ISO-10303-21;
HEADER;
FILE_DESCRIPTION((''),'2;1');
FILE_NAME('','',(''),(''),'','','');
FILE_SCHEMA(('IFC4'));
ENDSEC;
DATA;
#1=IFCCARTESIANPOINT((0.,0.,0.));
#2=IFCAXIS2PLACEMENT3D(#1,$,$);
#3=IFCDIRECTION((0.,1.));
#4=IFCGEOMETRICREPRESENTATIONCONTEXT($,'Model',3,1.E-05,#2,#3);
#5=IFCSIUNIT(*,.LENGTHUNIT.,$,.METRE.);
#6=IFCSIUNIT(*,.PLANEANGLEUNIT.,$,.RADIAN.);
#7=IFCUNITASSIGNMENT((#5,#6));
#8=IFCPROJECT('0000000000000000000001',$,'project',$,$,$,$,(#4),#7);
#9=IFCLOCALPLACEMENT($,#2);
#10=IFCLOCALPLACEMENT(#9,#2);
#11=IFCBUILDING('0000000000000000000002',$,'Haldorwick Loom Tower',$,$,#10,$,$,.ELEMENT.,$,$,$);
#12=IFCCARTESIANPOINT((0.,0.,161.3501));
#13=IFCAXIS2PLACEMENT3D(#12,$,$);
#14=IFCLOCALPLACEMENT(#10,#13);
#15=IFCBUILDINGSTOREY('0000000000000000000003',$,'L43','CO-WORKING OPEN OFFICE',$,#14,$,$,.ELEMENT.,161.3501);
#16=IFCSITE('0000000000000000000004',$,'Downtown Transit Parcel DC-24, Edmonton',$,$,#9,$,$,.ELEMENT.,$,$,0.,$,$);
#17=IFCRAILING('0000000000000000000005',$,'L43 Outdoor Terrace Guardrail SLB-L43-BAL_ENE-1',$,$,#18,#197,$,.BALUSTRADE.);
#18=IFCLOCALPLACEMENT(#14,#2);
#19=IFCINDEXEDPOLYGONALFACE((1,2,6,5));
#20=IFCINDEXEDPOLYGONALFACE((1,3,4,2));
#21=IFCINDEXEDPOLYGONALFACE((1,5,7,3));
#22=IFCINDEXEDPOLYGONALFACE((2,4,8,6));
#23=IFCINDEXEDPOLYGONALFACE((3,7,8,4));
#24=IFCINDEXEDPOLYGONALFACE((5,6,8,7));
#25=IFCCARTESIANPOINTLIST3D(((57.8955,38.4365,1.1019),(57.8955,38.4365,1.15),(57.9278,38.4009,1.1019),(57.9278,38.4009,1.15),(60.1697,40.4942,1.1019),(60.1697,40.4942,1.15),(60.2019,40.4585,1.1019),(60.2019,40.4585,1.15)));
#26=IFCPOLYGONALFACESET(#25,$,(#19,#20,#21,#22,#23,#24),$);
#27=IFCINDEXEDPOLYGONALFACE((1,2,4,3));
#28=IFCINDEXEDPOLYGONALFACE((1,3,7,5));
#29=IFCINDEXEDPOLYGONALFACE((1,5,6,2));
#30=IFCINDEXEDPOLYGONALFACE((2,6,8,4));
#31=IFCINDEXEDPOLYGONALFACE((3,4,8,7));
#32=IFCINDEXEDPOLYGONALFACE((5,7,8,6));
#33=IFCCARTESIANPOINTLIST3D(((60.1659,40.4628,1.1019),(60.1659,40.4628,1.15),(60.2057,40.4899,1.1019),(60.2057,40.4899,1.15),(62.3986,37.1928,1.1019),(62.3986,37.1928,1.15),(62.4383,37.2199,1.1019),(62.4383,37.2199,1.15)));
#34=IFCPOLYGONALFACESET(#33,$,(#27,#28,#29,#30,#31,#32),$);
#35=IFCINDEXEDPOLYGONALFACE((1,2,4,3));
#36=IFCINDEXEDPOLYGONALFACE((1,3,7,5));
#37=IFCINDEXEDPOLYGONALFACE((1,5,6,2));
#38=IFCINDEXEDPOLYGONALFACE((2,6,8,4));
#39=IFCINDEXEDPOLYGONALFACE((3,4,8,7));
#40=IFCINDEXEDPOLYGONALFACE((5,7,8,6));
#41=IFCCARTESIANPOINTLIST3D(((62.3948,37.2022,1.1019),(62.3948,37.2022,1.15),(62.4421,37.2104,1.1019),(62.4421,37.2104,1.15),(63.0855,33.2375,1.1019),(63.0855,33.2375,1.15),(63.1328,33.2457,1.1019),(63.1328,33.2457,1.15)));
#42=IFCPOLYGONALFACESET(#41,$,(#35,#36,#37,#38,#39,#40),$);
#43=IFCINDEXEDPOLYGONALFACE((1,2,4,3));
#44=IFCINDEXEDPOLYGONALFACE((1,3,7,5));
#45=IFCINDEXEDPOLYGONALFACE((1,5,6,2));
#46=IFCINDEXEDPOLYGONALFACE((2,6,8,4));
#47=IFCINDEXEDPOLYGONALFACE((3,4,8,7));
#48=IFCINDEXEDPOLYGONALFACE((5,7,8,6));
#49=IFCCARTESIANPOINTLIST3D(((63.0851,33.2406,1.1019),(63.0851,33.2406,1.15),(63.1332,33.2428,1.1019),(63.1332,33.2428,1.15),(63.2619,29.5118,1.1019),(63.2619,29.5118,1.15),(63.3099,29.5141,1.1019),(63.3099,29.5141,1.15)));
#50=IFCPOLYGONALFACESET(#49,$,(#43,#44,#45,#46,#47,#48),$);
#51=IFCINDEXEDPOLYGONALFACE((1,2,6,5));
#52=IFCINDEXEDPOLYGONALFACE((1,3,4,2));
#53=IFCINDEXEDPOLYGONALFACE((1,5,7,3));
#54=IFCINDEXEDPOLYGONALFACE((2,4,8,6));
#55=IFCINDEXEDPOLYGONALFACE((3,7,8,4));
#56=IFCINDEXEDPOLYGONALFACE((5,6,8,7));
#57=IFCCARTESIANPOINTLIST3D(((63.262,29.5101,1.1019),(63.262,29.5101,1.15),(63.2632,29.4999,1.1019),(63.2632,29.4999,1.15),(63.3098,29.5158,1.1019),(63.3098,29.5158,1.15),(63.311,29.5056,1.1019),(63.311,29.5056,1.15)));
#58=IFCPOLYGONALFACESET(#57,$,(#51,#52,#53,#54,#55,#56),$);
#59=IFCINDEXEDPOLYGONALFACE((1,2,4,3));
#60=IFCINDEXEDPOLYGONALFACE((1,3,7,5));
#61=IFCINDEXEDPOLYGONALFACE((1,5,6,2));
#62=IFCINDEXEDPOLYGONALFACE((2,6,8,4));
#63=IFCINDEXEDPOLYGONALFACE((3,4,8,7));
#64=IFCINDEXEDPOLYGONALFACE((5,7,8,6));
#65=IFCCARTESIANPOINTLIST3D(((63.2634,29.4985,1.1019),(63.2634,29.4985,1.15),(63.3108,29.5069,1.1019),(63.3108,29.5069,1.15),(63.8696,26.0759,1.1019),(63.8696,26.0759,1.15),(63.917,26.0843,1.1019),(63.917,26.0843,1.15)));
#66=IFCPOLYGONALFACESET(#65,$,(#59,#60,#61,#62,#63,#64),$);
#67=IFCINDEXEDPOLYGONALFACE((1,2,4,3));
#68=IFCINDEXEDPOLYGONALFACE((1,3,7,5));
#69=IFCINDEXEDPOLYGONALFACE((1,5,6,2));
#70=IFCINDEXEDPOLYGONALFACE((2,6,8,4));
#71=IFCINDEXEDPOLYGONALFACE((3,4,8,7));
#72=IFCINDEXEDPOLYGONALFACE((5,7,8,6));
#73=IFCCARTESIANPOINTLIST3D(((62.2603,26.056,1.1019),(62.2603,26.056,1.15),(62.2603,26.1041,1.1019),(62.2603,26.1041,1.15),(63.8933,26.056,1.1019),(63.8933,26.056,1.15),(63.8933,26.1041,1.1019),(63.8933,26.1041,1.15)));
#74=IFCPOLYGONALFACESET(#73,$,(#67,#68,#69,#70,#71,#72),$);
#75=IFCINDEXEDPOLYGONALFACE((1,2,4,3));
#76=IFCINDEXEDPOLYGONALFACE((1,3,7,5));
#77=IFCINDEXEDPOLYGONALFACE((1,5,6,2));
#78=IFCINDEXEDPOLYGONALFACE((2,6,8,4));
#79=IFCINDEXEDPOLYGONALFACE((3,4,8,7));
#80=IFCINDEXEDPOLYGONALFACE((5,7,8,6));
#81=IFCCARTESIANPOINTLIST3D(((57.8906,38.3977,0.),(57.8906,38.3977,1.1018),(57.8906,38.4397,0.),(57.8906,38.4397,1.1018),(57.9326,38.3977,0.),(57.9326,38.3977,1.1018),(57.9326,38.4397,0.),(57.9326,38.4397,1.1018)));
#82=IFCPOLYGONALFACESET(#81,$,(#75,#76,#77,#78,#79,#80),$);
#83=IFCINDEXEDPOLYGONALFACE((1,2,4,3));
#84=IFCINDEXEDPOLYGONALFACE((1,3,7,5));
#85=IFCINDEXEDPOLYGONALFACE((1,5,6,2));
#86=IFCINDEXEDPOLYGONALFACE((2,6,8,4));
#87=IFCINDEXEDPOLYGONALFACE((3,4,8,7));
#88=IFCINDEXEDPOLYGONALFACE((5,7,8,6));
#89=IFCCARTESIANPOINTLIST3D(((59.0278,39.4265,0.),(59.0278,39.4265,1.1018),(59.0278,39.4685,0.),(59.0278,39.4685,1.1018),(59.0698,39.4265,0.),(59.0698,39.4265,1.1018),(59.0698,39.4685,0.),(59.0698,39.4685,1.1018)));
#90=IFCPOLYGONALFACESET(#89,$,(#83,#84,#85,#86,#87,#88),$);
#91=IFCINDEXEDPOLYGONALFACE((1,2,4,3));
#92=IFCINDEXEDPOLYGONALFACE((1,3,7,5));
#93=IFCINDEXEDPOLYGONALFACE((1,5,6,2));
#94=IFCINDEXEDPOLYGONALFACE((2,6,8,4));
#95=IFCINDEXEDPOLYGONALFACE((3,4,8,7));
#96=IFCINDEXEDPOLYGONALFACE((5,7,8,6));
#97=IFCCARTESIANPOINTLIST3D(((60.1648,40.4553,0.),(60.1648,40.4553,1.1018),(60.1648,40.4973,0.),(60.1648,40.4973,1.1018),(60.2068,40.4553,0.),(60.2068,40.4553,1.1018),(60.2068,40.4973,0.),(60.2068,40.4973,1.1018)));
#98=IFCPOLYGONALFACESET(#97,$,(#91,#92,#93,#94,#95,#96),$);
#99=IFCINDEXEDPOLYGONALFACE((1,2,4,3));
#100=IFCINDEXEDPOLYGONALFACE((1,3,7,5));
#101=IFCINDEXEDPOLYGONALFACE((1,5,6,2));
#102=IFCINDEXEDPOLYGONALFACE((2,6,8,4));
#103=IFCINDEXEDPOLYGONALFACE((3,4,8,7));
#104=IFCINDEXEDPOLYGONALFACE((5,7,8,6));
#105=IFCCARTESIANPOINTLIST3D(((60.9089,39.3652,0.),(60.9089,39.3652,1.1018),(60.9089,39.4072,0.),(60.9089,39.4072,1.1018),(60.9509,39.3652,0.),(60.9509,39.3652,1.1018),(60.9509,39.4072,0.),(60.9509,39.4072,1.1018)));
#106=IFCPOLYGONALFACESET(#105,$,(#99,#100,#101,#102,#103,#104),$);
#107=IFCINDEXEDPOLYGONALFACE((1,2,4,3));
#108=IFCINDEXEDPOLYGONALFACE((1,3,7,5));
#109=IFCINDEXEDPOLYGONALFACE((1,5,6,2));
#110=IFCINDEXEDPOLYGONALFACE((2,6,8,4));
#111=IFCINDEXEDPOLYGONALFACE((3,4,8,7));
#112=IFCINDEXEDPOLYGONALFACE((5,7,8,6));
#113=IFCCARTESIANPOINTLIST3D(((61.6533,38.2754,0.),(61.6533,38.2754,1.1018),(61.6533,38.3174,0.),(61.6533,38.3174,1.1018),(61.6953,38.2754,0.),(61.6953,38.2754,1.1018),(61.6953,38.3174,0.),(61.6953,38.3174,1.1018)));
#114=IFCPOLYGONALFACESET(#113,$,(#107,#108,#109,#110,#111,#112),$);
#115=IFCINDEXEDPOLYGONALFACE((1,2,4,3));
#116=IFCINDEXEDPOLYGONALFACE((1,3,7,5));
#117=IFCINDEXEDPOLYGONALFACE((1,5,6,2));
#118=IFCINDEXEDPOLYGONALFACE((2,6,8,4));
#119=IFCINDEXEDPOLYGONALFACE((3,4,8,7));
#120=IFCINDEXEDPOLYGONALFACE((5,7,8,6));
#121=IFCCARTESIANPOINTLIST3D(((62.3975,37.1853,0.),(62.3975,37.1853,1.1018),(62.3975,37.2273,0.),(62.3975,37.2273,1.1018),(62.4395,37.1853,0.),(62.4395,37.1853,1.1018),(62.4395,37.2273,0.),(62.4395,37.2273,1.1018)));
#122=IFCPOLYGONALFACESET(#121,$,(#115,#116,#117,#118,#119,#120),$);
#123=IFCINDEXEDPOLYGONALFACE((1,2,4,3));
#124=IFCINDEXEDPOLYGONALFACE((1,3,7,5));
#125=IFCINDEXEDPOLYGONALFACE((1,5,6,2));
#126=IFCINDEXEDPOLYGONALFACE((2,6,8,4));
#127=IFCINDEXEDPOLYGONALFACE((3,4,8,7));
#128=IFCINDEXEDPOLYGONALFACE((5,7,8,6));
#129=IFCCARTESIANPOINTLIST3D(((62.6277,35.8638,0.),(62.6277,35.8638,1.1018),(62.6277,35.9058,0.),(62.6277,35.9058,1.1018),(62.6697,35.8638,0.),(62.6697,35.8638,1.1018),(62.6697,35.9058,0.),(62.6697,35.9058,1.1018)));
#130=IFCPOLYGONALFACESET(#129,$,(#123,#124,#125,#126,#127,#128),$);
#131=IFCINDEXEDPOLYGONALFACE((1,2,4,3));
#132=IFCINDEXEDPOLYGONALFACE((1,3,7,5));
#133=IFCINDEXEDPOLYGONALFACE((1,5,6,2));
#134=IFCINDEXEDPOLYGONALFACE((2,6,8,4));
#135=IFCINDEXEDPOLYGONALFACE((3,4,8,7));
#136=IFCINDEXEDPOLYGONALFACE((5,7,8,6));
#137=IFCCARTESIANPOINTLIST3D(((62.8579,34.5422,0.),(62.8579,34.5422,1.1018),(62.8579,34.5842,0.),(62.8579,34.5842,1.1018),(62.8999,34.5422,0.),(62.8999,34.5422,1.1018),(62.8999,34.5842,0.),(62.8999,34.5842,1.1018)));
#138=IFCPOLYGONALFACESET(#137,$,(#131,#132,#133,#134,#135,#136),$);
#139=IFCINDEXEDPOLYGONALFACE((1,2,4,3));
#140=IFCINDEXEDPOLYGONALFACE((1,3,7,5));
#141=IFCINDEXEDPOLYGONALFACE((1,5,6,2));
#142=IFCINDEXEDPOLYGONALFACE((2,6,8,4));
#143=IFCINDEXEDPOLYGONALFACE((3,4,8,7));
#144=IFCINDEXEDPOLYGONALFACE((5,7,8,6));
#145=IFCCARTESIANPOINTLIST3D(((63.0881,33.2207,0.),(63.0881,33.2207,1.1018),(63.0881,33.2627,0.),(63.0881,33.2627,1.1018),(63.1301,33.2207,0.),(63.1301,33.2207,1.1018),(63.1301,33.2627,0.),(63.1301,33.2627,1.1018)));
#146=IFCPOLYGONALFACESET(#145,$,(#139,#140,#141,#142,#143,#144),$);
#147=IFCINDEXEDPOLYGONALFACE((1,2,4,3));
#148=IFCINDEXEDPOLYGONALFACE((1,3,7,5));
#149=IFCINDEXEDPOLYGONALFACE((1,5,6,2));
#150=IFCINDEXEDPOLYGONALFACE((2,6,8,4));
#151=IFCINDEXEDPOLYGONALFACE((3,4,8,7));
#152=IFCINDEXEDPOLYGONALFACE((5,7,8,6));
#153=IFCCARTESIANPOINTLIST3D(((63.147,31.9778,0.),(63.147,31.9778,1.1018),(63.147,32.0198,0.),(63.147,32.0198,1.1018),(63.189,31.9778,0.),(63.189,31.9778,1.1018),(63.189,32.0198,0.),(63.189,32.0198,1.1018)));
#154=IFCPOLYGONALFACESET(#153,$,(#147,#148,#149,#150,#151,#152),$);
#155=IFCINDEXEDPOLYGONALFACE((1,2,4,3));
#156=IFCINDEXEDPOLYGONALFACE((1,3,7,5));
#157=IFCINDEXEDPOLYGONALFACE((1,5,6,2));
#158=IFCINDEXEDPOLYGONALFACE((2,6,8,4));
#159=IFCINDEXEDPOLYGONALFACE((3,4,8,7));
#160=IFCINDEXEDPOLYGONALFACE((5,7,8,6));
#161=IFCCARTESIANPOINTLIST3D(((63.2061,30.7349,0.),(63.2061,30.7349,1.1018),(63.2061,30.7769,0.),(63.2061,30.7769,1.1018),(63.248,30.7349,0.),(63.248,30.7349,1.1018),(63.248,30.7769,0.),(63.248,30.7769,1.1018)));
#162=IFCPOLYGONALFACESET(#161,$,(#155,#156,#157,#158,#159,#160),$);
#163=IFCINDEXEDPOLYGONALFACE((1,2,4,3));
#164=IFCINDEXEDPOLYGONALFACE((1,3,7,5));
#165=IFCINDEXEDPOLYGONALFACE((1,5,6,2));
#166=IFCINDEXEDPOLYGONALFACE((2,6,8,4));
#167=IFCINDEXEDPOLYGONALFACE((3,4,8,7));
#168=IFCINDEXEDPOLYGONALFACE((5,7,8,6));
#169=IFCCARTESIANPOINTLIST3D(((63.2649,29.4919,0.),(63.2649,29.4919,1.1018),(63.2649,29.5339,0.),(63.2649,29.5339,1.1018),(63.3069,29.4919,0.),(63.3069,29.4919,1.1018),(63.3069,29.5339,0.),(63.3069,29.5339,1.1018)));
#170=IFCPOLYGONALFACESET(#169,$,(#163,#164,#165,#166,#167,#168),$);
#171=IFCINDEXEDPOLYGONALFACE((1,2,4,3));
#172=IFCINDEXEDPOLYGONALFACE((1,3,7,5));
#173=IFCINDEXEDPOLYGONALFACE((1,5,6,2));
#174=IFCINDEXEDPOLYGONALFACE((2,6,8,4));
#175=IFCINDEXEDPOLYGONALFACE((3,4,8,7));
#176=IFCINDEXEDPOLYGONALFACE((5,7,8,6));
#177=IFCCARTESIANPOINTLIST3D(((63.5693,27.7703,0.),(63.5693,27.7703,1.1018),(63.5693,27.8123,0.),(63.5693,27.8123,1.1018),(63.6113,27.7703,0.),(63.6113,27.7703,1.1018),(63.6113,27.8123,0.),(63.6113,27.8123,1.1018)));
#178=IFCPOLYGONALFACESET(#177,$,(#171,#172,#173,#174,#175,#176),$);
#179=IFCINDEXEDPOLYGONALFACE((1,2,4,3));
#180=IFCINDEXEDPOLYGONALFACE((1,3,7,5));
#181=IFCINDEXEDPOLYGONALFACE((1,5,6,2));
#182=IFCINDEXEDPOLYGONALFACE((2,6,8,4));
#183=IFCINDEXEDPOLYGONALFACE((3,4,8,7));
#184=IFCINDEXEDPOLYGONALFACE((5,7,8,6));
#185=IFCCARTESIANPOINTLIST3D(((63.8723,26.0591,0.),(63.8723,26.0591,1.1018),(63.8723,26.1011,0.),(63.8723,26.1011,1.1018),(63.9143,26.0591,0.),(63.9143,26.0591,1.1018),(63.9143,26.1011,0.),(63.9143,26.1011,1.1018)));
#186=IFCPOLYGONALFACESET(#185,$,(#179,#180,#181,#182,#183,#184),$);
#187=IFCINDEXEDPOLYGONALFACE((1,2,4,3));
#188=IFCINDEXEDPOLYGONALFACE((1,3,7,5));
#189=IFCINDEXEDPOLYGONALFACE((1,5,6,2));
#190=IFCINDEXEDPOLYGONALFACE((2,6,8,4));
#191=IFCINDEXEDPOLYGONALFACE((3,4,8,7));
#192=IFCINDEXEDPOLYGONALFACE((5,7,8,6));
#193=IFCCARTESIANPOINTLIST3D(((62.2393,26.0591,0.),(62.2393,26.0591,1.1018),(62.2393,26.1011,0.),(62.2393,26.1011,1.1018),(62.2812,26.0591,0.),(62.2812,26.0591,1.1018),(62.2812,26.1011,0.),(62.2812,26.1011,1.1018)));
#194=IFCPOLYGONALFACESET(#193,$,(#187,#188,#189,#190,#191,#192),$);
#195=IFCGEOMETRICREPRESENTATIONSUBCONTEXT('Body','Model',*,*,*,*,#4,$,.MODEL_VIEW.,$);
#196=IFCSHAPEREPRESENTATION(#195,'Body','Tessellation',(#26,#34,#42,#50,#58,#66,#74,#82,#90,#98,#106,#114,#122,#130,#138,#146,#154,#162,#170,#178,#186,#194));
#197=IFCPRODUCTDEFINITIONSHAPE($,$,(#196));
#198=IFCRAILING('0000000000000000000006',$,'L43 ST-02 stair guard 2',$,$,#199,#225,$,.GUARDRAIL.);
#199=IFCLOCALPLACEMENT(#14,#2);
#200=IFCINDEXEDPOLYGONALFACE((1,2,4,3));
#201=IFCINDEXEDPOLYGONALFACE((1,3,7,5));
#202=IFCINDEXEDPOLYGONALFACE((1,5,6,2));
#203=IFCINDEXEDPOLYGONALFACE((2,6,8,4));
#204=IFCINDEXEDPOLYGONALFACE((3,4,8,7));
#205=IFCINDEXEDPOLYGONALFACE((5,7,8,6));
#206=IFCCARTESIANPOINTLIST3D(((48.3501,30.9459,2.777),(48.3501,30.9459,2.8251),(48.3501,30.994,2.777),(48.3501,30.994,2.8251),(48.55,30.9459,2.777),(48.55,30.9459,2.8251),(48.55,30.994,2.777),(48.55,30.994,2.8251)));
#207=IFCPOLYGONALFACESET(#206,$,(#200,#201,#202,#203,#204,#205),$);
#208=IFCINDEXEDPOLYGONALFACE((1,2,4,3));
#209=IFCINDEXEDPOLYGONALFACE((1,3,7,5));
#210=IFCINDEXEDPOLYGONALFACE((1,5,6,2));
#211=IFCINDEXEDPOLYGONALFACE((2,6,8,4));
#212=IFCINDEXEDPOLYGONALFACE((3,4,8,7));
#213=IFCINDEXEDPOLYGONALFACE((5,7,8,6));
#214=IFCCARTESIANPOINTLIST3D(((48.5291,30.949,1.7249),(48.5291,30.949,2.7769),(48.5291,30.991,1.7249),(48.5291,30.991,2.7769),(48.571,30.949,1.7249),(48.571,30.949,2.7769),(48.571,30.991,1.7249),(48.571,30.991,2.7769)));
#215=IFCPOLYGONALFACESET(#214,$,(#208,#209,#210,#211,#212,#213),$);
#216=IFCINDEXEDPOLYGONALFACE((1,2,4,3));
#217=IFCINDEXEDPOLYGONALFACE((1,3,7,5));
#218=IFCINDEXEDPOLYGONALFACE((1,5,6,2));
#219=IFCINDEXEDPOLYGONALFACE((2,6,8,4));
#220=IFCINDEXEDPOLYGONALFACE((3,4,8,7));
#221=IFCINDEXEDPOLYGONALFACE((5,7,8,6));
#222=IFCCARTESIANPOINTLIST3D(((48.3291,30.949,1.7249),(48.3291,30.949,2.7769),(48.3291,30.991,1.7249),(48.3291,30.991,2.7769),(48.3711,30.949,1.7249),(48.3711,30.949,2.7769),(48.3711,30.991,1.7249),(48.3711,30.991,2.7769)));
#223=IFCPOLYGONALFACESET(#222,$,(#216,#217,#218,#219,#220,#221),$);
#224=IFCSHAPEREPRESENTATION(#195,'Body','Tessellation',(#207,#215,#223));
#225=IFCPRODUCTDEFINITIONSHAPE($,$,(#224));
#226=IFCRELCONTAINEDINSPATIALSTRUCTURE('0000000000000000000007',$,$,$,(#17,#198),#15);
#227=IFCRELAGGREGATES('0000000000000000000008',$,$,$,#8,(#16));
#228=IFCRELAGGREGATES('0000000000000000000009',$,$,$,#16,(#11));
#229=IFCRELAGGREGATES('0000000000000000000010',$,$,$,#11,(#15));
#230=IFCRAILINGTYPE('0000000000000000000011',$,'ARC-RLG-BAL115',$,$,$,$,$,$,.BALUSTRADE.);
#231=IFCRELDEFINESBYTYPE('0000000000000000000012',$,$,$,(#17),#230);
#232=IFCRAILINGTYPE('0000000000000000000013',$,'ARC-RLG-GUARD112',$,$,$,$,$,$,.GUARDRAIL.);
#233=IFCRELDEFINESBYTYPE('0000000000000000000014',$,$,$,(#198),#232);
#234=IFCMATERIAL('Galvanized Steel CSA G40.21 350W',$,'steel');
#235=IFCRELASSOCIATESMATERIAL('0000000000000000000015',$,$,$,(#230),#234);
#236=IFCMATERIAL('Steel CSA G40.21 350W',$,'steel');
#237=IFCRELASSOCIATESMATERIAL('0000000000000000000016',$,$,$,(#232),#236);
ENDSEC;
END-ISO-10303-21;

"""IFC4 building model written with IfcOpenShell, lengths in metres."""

from ifc_helpers import new_model, si_unit, direction, frame, origin, origin_2d, place, context, subcontext, project, spatial, rectangle, extrude, material, type_object, element, save


model = new_model("IFC4")

# Units and contexts
model_context = context("Model", 3, precision=1e-05, world=origin(), true_north=direction((0.0, 1.0)))
body_context = subcontext(model_context, "Body", "Model", "MODEL_VIEW")
ifc_project = project(units=[si_unit("LENGTHUNIT", "METRE"), si_unit("PLANEANGLEUNIT", "RADIAN")], contexts=[model_context])

# Site, building, storey
site_placement = place(None, origin())
site = spatial("IfcSite", under=ifc_project, at=site_placement, Name="Downtown Transit Parcel DC-24, Edmonton", CompositionType="ELEMENT", RefElevation=0.0)
building_placement = place(site_placement, origin())
building = spatial("IfcBuilding", under=site, at=building_placement, Name="Haldorwick Loom Tower", CompositionType="ELEMENT")
storey_placement = place(building_placement, frame((0.0, 0.0, 161.3501)))
storey = spatial("IfcBuildingStorey", under=building, at=storey_placement, Name="L43", Description="CO-WORKING OPEN OFFICE", CompositionType="ELEMENT", Elevation=161.3501)

# Shared definitions
ifc_material_1 = material(Name="Steel CSA G40.21 350W", Category="steel")

# Railings
ifc_material_2 = material(Name="Galvanized Steel CSA G40.21 350W", Category="steel")
railing_type_1 = type_object("IfcRailingType", Name="ARC-RLG-BAL115", PredefinedType="BALUSTRADE", material=ifc_material_2)
railing_1_placement = place(storey_placement, frame((57.9116, 38.4187, 0.0)))
element("IfcRailing", 1, at=railing_1_placement, inside=storey, type_object=railing_type_1, Name="L43 Outdoor Terrace Guardrail SLB-L43-BAL_ENE-1", PredefinedType="BALUSTRADE", context=body_context, shape_type="SweptSolid", body=[
    extrude(rectangle(XDim=0.0481, YDim=0.0481, at=origin_2d()), frame((0.0, 0.0, 1.126), z_axis=(0.74153, 0.67092, 0.0), x_axis=(-0.67092, 0.74153, 0.0)), (0.0, 0.0, 1.0), 3.0669),
    extrude(rectangle(XDim=0.0481, YDim=0.0481, at=origin_2d()), frame((2.2742, 2.0576, 1.126), z_axis=(0.563872, -0.825862, 0.0), x_axis=(0.825862, 0.563872, 0.0)), (0.0, 0.0, 1.0), 3.9595),
    extrude(rectangle(XDim=0.0481, YDim=0.0481, at=origin_2d()), frame((4.5068, -1.2124, 1.126), z_axis=(0.171625, -0.985162, 0.0), x_axis=(0.985162, 0.171625, 0.0)), (0.0, 0.0, 1.0), 4.0244),
    extrude(rectangle(XDim=0.0481, YDim=0.0481, at=origin_2d()), frame((5.1975, -5.177, 1.126), z_axis=(0.047351, -0.998878, 0.0), x_axis=(0.998878, 0.047351, 0.0)), (0.0, 0.0, 1.0), 3.7329),
    extrude(rectangle(XDim=0.0481, YDim=0.0481, at=origin_2d()), frame((5.3743, -8.9058, 1.126), z_axis=(0.118213, -0.992988, 0.0), x_axis=(0.992988, 0.118213, 0.0)), (0.0, 0.0, 1.0), 0.0103),
    extrude(rectangle(XDim=0.0481, YDim=0.0481, at=origin_2d()), frame((5.3755, -8.916, 1.126), z_axis=(0.174402, -0.984674, 0.0), x_axis=(0.984674, 0.174402, 0.0)), (0.0, 0.0, 1.0), 3.4758),
    extrude(rectangle(XDim=0.0481, YDim=0.0481, at=origin_2d()), frame((5.9817, -12.3386, 1.126), z_axis=(-1.0, 0.0, 0.0), x_axis=(0.0, -1.0, 0.0)), (0.0, 0.0, 1.0), 1.6331),
    extrude(rectangle(XDim=0.042, YDim=0.042, at=origin_2d()), origin(), (0.0, 0.0, 1.0), 1.1018),
    extrude(rectangle(XDim=0.042, YDim=0.042, at=origin_2d()), frame((1.1372, 1.0288, 0.0)), (0.0, 0.0, 1.0), 1.1018),
    extrude(rectangle(XDim=0.042, YDim=0.042, at=origin_2d()), frame((2.2742, 2.0576, 0.0)), (0.0, 0.0, 1.0), 1.1018),
    extrude(rectangle(XDim=0.042, YDim=0.042, at=origin_2d()), frame((3.0183, 0.9675, 0.0)), (0.0, 0.0, 1.0), 1.1018),
    extrude(rectangle(XDim=0.042, YDim=0.042, at=origin_2d()), frame((3.7627, -0.1223, 0.0)), (0.0, 0.0, 1.0), 1.1018),
    extrude(rectangle(XDim=0.042, YDim=0.042, at=origin_2d()), frame((4.5068, -1.2124, 0.0)), (0.0, 0.0, 1.0), 1.1018),
    extrude(rectangle(XDim=0.042, YDim=0.042, at=origin_2d()), frame((4.7371, -2.5339, 0.0)), (0.0, 0.0, 1.0), 1.1018),
    extrude(rectangle(XDim=0.042, YDim=0.042, at=origin_2d()), frame((4.9673, -3.8555, 0.0)), (0.0, 0.0, 1.0), 1.1018),
    extrude(rectangle(XDim=0.042, YDim=0.042, at=origin_2d()), frame((5.1975, -5.177, 0.0)), (0.0, 0.0, 1.0), 1.1018),
    extrude(rectangle(XDim=0.042, YDim=0.042, at=origin_2d()), frame((5.2563, -6.4199, 0.0)), (0.0, 0.0, 1.0), 1.1018),
    extrude(rectangle(XDim=0.042, YDim=0.042, at=origin_2d()), frame((5.3154, -7.6628, 0.0)), (0.0, 0.0, 1.0), 1.1018),
    extrude(rectangle(XDim=0.042, YDim=0.042, at=origin_2d()), frame((5.3743, -8.9058, 0.0)), (0.0, 0.0, 1.0), 1.1018),
    extrude(rectangle(XDim=0.042, YDim=0.042, at=origin_2d()), frame((5.6787, -10.6274, 0.0)), (0.0, 0.0, 1.0), 1.1018),
    extrude(rectangle(XDim=0.042, YDim=0.042, at=origin_2d()), frame((5.9817, -12.3386, 0.0)), (0.0, 0.0, 1.0), 1.1018),
    extrude(rectangle(XDim=0.042, YDim=0.042, at=origin_2d()), frame((4.3486, -12.3386, 0.0)), (0.0, 0.0, 1.0), 1.1018),
])
railing_type_2 = type_object("IfcRailingType", Name="ARC-RLG-GUARD112", PredefinedType="GUARDRAIL", material=ifc_material_1)
railing_2_placement = place(storey_placement, frame((48.55, 30.97, 1.7249)))
element("IfcRailing", 2, at=railing_2_placement, inside=storey, type_object=railing_type_2, Name="L43 ST-02 stair guard 2", PredefinedType="GUARDRAIL", context=body_context, shape_type="SweptSolid", body=[
    extrude(rectangle(XDim=0.0481, YDim=0.0481, at=origin_2d()), frame((0.0, 0.0, 1.0762), z_axis=(-1.0, 0.0, 0.0), x_axis=(0.0, -1.0, 0.0)), (0.0, 0.0, 1.0), 0.2),
    extrude(rectangle(XDim=0.042, YDim=0.042, at=origin_2d()), origin(), (0.0, 0.0, 1.0), 1.052),
    extrude(rectangle(XDim=0.042, YDim=0.042, at=origin_2d()), frame((-0.2, 0.0, 0.0)), (0.0, 0.0, 1.0), 1.052),
])

save(model, "model.ifc")
